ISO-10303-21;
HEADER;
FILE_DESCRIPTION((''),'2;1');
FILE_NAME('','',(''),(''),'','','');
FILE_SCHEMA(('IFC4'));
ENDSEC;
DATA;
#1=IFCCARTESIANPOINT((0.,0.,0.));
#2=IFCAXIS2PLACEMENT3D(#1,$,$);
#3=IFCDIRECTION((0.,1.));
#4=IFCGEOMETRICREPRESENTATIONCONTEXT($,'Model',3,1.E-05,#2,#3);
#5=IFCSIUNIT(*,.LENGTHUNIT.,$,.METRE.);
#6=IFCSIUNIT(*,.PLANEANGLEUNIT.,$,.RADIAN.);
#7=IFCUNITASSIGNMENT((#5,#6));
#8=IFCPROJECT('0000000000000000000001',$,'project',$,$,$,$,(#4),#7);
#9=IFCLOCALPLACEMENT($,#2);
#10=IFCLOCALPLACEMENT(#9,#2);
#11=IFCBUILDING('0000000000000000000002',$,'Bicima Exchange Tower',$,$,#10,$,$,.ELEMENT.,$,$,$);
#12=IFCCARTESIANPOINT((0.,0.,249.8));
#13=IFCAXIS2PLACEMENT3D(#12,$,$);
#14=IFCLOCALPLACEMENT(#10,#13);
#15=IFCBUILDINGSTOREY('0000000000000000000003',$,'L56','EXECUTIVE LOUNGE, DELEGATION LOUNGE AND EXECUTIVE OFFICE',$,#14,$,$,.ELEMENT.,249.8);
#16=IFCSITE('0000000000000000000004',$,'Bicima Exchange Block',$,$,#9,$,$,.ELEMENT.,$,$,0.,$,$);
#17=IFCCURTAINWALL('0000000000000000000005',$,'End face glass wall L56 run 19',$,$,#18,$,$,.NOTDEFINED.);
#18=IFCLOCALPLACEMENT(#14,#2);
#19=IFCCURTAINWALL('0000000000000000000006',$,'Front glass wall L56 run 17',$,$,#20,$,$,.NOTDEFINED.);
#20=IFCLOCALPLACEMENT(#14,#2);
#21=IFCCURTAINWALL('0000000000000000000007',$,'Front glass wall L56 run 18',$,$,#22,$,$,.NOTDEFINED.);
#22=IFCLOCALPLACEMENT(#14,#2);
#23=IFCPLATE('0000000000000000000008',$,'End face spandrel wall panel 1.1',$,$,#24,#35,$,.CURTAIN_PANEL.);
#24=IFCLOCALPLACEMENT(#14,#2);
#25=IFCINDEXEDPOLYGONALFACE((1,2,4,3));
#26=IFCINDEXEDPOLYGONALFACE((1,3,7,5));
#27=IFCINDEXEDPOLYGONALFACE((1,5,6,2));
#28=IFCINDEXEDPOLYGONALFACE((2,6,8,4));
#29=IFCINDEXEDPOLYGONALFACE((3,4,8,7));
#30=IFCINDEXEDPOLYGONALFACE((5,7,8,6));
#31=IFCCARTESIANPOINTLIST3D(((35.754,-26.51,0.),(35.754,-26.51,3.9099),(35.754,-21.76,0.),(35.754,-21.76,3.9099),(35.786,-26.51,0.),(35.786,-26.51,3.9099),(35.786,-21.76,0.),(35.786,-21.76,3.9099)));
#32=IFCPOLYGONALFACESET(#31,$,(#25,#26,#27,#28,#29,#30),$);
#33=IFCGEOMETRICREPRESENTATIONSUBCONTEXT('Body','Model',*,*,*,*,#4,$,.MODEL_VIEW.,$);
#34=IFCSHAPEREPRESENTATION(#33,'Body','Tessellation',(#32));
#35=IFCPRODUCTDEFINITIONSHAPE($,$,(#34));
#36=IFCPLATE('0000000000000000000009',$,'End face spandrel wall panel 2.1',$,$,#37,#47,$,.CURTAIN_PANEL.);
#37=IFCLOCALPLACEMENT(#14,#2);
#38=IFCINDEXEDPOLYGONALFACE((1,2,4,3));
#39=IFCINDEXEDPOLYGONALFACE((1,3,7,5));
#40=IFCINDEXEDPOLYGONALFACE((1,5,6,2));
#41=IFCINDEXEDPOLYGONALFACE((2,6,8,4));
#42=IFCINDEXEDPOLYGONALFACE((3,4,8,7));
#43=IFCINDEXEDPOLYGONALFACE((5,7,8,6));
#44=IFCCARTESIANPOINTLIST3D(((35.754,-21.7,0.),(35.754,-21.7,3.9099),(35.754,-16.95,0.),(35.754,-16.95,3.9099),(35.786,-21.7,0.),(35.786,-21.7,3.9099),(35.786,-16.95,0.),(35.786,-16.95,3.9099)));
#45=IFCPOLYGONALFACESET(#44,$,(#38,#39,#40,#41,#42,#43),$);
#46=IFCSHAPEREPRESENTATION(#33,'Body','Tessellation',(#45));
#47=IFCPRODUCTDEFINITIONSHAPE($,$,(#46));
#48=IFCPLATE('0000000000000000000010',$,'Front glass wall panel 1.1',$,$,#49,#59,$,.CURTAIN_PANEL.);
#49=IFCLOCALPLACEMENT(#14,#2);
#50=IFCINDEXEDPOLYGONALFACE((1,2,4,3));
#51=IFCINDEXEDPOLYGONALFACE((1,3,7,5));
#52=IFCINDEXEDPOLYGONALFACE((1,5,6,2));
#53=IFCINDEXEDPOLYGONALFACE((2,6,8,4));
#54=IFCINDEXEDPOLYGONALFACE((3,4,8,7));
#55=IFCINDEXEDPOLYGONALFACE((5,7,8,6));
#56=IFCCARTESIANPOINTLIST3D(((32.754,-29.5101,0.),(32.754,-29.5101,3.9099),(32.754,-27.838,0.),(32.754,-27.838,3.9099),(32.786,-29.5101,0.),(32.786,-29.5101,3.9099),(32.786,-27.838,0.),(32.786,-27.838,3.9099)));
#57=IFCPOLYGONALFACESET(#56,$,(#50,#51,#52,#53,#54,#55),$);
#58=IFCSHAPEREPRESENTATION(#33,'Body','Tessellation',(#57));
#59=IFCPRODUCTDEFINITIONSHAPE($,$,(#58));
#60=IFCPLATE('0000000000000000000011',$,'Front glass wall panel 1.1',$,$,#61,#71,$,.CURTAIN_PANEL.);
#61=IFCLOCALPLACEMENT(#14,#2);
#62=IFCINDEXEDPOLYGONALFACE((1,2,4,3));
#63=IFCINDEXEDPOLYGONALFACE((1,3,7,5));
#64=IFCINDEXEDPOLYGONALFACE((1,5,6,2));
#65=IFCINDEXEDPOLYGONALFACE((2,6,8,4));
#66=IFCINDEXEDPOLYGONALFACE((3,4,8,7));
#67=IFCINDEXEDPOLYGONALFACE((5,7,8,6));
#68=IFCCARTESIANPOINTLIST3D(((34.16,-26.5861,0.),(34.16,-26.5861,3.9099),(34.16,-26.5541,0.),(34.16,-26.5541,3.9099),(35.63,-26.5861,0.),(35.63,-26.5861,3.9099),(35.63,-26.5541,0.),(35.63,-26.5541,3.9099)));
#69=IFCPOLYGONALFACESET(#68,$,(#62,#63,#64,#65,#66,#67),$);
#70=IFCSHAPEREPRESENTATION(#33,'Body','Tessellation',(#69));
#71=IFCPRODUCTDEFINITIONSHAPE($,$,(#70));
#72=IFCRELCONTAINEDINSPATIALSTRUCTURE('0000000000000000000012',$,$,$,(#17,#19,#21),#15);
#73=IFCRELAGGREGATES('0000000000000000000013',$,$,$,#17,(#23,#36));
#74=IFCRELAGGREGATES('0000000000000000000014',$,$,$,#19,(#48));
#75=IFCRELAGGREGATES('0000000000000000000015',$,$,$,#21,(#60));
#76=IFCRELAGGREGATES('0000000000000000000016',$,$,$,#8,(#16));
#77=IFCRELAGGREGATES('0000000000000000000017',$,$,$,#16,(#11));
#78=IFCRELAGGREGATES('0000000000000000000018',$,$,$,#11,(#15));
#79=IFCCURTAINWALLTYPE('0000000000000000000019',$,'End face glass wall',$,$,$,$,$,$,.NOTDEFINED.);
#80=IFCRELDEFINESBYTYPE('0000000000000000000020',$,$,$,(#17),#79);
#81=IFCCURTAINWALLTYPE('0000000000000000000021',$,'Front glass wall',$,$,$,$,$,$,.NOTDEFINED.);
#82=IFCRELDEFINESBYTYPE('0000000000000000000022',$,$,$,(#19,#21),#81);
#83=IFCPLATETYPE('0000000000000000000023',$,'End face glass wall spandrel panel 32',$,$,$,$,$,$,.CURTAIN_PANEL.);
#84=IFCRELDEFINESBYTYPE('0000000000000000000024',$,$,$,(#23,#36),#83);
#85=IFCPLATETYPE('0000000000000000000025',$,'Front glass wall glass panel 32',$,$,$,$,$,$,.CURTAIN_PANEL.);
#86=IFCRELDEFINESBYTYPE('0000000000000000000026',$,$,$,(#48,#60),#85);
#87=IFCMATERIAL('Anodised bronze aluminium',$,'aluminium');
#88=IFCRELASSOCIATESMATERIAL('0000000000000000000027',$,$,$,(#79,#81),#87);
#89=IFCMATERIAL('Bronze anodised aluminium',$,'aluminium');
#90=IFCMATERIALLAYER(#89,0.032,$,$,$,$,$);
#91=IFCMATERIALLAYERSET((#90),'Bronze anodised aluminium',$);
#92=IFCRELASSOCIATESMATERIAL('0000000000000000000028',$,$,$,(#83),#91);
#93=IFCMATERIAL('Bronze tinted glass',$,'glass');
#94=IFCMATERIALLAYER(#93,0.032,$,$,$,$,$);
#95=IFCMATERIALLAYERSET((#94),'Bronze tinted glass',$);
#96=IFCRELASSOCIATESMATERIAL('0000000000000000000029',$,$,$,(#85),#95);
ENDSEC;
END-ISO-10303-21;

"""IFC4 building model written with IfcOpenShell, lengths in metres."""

from ifc_helpers import new_model, si_unit, direction, frame, origin, origin_2d, place, context, subcontext, project, spatial, rectangle, extrude, material, layer, layer_set, type_object, element, aggregate, save


model = new_model("IFC4")

# Units and contexts
model_context = context("Model", 3, precision=1e-05, world=origin(), true_north=direction((0.0, 1.0)))
body_context = subcontext(model_context, "Body", "Model", "MODEL_VIEW")
ifc_project = project(units=[si_unit("LENGTHUNIT", "METRE"), si_unit("PLANEANGLEUNIT", "RADIAN")], contexts=[model_context])

# Site, building, storey
site_placement = place(None, origin())
site = spatial("IfcSite", under=ifc_project, at=site_placement, Name="Bicima Exchange Block", CompositionType="ELEMENT", RefElevation=0.0)
building_placement = place(site_placement, origin())
building = spatial("IfcBuilding", under=site, at=building_placement, Name="Bicima Exchange Tower", CompositionType="ELEMENT")
storey_placement = place(building_placement, frame((0.0, 0.0, 249.8)))
storey = spatial("IfcBuildingStorey", under=building, at=storey_placement, Name="L56", Description="EXECUTIVE LOUNGE, DELEGATION LOUNGE AND EXECUTIVE OFFICE", CompositionType="ELEMENT", Elevation=249.8)

# Curtain walls
ifc_material_1 = material(Name="Anodised bronze aluminium", Category="aluminium")
curtain_wall_type_1 = type_object("IfcCurtainWallType", Name="End face glass wall", PredefinedType="NOTDEFINED", material=ifc_material_1)
curtain_wall_1_placement = place(storey_placement, origin())
curtain_wall_1 = element("IfcCurtainWall", 1, at=curtain_wall_1_placement, inside=storey, type_object=curtain_wall_type_1, Name="End face glass wall L56 run 19", PredefinedType="NOTDEFINED")
curtain_wall_type_2 = type_object("IfcCurtainWallType", Name="Front glass wall", PredefinedType="NOTDEFINED", material=ifc_material_1)
curtain_wall_2_placement = place(storey_placement, origin())
curtain_wall_2 = element("IfcCurtainWall", 2, at=curtain_wall_2_placement, inside=storey, type_object=curtain_wall_type_2, Name="Front glass wall L56 run 17", PredefinedType="NOTDEFINED")
curtain_wall_3_placement = place(storey_placement, origin())
curtain_wall_3 = element("IfcCurtainWall", 3, at=curtain_wall_3_placement, inside=storey, type_object=curtain_wall_type_2, Name="Front glass wall L56 run 18", PredefinedType="NOTDEFINED")

# Plates
ifc_material_2 = material(Name="Bronze tinted glass", Category="glass")
ifc_material_3 = material(Name="Bronze anodised aluminium", Category="aluminium")
ifc_layer_1 = layer(ifc_material_3, 0.032)
ifc_layer_set_1 = layer_set([ifc_layer_1], Name="Bronze anodised aluminium")
plate_type_1 = type_object("IfcPlateType", Name="End face glass wall spandrel panel 32", PredefinedType="CURTAIN_PANEL", material=ifc_layer_set_1)
plate_1_placement = place(storey_placement, frame((35.77, -24.135, 0.0), z_axis=(0.0, 0.0, 1.0), x_axis=(0.0, 1.0, 0.0)))
plate_1 = element("IfcPlate", 4, at=plate_1_placement, type_object=plate_type_1, Name="End face spandrel wall panel 1.1", PredefinedType="CURTAIN_PANEL", context=body_context, shape_type="SweptSolid", body=[
    extrude(rectangle(XDim=4.75, YDim=0.032, at=origin_2d()), origin(), (0.0, 0.0, 1.0), 3.9099),
])
plate_2_placement = place(storey_placement, frame((35.77, -19.325, 0.0), z_axis=(0.0, 0.0, 1.0), x_axis=(0.0, 1.0, 0.0)))
plate_2 = element("IfcPlate", 5, at=plate_2_placement, type_object=plate_type_1, Name="End face spandrel wall panel 2.1", PredefinedType="CURTAIN_PANEL", context=body_context, shape_type="SweptSolid", body=[
    extrude(rectangle(XDim=4.75, YDim=0.032, at=origin_2d()), origin(), (0.0, 0.0, 1.0), 3.9099),
])
aggregate(curtain_wall_1, [plate_1, plate_2])
ifc_layer_2 = layer(ifc_material_2, 0.032)
ifc_layer_set_2 = layer_set([ifc_layer_2], Name="Bronze tinted glass")
plate_type_2 = type_object("IfcPlateType", Name="Front glass wall glass panel 32", PredefinedType="CURTAIN_PANEL", material=ifc_layer_set_2)
plate_3_placement = place(storey_placement, frame((32.77, -28.6741, 0.0), z_axis=(0.0, 0.0, 1.0), x_axis=(0.0, 1.0, 0.0)))
plate_3 = element("IfcPlate", 6, at=plate_3_placement, type_object=plate_type_2, Name="Front glass wall panel 1.1", PredefinedType="CURTAIN_PANEL", context=body_context, shape_type="SweptSolid", body=[
    extrude(rectangle(XDim=1.6721, YDim=0.032, at=origin_2d()), origin(), (0.0, 0.0, 1.0), 3.9099),
])
aggregate(curtain_wall_2, [plate_3])
plate_4_placement = place(storey_placement, frame((34.895, -26.5701, 0.0), z_axis=(0.0, 0.0, 1.0), x_axis=(1.0, 0.0, 0.0)))
plate_4 = element("IfcPlate", 7, at=plate_4_placement, type_object=plate_type_2, Name="Front glass wall panel 1.1", PredefinedType="CURTAIN_PANEL", context=body_context, shape_type="SweptSolid", body=[
    extrude(rectangle(XDim=1.47, YDim=0.032, at=origin_2d()), origin(), (0.0, 0.0, 1.0), 3.9099),
])
aggregate(curtain_wall_3, [plate_4])

save(model, "model.ifc")
